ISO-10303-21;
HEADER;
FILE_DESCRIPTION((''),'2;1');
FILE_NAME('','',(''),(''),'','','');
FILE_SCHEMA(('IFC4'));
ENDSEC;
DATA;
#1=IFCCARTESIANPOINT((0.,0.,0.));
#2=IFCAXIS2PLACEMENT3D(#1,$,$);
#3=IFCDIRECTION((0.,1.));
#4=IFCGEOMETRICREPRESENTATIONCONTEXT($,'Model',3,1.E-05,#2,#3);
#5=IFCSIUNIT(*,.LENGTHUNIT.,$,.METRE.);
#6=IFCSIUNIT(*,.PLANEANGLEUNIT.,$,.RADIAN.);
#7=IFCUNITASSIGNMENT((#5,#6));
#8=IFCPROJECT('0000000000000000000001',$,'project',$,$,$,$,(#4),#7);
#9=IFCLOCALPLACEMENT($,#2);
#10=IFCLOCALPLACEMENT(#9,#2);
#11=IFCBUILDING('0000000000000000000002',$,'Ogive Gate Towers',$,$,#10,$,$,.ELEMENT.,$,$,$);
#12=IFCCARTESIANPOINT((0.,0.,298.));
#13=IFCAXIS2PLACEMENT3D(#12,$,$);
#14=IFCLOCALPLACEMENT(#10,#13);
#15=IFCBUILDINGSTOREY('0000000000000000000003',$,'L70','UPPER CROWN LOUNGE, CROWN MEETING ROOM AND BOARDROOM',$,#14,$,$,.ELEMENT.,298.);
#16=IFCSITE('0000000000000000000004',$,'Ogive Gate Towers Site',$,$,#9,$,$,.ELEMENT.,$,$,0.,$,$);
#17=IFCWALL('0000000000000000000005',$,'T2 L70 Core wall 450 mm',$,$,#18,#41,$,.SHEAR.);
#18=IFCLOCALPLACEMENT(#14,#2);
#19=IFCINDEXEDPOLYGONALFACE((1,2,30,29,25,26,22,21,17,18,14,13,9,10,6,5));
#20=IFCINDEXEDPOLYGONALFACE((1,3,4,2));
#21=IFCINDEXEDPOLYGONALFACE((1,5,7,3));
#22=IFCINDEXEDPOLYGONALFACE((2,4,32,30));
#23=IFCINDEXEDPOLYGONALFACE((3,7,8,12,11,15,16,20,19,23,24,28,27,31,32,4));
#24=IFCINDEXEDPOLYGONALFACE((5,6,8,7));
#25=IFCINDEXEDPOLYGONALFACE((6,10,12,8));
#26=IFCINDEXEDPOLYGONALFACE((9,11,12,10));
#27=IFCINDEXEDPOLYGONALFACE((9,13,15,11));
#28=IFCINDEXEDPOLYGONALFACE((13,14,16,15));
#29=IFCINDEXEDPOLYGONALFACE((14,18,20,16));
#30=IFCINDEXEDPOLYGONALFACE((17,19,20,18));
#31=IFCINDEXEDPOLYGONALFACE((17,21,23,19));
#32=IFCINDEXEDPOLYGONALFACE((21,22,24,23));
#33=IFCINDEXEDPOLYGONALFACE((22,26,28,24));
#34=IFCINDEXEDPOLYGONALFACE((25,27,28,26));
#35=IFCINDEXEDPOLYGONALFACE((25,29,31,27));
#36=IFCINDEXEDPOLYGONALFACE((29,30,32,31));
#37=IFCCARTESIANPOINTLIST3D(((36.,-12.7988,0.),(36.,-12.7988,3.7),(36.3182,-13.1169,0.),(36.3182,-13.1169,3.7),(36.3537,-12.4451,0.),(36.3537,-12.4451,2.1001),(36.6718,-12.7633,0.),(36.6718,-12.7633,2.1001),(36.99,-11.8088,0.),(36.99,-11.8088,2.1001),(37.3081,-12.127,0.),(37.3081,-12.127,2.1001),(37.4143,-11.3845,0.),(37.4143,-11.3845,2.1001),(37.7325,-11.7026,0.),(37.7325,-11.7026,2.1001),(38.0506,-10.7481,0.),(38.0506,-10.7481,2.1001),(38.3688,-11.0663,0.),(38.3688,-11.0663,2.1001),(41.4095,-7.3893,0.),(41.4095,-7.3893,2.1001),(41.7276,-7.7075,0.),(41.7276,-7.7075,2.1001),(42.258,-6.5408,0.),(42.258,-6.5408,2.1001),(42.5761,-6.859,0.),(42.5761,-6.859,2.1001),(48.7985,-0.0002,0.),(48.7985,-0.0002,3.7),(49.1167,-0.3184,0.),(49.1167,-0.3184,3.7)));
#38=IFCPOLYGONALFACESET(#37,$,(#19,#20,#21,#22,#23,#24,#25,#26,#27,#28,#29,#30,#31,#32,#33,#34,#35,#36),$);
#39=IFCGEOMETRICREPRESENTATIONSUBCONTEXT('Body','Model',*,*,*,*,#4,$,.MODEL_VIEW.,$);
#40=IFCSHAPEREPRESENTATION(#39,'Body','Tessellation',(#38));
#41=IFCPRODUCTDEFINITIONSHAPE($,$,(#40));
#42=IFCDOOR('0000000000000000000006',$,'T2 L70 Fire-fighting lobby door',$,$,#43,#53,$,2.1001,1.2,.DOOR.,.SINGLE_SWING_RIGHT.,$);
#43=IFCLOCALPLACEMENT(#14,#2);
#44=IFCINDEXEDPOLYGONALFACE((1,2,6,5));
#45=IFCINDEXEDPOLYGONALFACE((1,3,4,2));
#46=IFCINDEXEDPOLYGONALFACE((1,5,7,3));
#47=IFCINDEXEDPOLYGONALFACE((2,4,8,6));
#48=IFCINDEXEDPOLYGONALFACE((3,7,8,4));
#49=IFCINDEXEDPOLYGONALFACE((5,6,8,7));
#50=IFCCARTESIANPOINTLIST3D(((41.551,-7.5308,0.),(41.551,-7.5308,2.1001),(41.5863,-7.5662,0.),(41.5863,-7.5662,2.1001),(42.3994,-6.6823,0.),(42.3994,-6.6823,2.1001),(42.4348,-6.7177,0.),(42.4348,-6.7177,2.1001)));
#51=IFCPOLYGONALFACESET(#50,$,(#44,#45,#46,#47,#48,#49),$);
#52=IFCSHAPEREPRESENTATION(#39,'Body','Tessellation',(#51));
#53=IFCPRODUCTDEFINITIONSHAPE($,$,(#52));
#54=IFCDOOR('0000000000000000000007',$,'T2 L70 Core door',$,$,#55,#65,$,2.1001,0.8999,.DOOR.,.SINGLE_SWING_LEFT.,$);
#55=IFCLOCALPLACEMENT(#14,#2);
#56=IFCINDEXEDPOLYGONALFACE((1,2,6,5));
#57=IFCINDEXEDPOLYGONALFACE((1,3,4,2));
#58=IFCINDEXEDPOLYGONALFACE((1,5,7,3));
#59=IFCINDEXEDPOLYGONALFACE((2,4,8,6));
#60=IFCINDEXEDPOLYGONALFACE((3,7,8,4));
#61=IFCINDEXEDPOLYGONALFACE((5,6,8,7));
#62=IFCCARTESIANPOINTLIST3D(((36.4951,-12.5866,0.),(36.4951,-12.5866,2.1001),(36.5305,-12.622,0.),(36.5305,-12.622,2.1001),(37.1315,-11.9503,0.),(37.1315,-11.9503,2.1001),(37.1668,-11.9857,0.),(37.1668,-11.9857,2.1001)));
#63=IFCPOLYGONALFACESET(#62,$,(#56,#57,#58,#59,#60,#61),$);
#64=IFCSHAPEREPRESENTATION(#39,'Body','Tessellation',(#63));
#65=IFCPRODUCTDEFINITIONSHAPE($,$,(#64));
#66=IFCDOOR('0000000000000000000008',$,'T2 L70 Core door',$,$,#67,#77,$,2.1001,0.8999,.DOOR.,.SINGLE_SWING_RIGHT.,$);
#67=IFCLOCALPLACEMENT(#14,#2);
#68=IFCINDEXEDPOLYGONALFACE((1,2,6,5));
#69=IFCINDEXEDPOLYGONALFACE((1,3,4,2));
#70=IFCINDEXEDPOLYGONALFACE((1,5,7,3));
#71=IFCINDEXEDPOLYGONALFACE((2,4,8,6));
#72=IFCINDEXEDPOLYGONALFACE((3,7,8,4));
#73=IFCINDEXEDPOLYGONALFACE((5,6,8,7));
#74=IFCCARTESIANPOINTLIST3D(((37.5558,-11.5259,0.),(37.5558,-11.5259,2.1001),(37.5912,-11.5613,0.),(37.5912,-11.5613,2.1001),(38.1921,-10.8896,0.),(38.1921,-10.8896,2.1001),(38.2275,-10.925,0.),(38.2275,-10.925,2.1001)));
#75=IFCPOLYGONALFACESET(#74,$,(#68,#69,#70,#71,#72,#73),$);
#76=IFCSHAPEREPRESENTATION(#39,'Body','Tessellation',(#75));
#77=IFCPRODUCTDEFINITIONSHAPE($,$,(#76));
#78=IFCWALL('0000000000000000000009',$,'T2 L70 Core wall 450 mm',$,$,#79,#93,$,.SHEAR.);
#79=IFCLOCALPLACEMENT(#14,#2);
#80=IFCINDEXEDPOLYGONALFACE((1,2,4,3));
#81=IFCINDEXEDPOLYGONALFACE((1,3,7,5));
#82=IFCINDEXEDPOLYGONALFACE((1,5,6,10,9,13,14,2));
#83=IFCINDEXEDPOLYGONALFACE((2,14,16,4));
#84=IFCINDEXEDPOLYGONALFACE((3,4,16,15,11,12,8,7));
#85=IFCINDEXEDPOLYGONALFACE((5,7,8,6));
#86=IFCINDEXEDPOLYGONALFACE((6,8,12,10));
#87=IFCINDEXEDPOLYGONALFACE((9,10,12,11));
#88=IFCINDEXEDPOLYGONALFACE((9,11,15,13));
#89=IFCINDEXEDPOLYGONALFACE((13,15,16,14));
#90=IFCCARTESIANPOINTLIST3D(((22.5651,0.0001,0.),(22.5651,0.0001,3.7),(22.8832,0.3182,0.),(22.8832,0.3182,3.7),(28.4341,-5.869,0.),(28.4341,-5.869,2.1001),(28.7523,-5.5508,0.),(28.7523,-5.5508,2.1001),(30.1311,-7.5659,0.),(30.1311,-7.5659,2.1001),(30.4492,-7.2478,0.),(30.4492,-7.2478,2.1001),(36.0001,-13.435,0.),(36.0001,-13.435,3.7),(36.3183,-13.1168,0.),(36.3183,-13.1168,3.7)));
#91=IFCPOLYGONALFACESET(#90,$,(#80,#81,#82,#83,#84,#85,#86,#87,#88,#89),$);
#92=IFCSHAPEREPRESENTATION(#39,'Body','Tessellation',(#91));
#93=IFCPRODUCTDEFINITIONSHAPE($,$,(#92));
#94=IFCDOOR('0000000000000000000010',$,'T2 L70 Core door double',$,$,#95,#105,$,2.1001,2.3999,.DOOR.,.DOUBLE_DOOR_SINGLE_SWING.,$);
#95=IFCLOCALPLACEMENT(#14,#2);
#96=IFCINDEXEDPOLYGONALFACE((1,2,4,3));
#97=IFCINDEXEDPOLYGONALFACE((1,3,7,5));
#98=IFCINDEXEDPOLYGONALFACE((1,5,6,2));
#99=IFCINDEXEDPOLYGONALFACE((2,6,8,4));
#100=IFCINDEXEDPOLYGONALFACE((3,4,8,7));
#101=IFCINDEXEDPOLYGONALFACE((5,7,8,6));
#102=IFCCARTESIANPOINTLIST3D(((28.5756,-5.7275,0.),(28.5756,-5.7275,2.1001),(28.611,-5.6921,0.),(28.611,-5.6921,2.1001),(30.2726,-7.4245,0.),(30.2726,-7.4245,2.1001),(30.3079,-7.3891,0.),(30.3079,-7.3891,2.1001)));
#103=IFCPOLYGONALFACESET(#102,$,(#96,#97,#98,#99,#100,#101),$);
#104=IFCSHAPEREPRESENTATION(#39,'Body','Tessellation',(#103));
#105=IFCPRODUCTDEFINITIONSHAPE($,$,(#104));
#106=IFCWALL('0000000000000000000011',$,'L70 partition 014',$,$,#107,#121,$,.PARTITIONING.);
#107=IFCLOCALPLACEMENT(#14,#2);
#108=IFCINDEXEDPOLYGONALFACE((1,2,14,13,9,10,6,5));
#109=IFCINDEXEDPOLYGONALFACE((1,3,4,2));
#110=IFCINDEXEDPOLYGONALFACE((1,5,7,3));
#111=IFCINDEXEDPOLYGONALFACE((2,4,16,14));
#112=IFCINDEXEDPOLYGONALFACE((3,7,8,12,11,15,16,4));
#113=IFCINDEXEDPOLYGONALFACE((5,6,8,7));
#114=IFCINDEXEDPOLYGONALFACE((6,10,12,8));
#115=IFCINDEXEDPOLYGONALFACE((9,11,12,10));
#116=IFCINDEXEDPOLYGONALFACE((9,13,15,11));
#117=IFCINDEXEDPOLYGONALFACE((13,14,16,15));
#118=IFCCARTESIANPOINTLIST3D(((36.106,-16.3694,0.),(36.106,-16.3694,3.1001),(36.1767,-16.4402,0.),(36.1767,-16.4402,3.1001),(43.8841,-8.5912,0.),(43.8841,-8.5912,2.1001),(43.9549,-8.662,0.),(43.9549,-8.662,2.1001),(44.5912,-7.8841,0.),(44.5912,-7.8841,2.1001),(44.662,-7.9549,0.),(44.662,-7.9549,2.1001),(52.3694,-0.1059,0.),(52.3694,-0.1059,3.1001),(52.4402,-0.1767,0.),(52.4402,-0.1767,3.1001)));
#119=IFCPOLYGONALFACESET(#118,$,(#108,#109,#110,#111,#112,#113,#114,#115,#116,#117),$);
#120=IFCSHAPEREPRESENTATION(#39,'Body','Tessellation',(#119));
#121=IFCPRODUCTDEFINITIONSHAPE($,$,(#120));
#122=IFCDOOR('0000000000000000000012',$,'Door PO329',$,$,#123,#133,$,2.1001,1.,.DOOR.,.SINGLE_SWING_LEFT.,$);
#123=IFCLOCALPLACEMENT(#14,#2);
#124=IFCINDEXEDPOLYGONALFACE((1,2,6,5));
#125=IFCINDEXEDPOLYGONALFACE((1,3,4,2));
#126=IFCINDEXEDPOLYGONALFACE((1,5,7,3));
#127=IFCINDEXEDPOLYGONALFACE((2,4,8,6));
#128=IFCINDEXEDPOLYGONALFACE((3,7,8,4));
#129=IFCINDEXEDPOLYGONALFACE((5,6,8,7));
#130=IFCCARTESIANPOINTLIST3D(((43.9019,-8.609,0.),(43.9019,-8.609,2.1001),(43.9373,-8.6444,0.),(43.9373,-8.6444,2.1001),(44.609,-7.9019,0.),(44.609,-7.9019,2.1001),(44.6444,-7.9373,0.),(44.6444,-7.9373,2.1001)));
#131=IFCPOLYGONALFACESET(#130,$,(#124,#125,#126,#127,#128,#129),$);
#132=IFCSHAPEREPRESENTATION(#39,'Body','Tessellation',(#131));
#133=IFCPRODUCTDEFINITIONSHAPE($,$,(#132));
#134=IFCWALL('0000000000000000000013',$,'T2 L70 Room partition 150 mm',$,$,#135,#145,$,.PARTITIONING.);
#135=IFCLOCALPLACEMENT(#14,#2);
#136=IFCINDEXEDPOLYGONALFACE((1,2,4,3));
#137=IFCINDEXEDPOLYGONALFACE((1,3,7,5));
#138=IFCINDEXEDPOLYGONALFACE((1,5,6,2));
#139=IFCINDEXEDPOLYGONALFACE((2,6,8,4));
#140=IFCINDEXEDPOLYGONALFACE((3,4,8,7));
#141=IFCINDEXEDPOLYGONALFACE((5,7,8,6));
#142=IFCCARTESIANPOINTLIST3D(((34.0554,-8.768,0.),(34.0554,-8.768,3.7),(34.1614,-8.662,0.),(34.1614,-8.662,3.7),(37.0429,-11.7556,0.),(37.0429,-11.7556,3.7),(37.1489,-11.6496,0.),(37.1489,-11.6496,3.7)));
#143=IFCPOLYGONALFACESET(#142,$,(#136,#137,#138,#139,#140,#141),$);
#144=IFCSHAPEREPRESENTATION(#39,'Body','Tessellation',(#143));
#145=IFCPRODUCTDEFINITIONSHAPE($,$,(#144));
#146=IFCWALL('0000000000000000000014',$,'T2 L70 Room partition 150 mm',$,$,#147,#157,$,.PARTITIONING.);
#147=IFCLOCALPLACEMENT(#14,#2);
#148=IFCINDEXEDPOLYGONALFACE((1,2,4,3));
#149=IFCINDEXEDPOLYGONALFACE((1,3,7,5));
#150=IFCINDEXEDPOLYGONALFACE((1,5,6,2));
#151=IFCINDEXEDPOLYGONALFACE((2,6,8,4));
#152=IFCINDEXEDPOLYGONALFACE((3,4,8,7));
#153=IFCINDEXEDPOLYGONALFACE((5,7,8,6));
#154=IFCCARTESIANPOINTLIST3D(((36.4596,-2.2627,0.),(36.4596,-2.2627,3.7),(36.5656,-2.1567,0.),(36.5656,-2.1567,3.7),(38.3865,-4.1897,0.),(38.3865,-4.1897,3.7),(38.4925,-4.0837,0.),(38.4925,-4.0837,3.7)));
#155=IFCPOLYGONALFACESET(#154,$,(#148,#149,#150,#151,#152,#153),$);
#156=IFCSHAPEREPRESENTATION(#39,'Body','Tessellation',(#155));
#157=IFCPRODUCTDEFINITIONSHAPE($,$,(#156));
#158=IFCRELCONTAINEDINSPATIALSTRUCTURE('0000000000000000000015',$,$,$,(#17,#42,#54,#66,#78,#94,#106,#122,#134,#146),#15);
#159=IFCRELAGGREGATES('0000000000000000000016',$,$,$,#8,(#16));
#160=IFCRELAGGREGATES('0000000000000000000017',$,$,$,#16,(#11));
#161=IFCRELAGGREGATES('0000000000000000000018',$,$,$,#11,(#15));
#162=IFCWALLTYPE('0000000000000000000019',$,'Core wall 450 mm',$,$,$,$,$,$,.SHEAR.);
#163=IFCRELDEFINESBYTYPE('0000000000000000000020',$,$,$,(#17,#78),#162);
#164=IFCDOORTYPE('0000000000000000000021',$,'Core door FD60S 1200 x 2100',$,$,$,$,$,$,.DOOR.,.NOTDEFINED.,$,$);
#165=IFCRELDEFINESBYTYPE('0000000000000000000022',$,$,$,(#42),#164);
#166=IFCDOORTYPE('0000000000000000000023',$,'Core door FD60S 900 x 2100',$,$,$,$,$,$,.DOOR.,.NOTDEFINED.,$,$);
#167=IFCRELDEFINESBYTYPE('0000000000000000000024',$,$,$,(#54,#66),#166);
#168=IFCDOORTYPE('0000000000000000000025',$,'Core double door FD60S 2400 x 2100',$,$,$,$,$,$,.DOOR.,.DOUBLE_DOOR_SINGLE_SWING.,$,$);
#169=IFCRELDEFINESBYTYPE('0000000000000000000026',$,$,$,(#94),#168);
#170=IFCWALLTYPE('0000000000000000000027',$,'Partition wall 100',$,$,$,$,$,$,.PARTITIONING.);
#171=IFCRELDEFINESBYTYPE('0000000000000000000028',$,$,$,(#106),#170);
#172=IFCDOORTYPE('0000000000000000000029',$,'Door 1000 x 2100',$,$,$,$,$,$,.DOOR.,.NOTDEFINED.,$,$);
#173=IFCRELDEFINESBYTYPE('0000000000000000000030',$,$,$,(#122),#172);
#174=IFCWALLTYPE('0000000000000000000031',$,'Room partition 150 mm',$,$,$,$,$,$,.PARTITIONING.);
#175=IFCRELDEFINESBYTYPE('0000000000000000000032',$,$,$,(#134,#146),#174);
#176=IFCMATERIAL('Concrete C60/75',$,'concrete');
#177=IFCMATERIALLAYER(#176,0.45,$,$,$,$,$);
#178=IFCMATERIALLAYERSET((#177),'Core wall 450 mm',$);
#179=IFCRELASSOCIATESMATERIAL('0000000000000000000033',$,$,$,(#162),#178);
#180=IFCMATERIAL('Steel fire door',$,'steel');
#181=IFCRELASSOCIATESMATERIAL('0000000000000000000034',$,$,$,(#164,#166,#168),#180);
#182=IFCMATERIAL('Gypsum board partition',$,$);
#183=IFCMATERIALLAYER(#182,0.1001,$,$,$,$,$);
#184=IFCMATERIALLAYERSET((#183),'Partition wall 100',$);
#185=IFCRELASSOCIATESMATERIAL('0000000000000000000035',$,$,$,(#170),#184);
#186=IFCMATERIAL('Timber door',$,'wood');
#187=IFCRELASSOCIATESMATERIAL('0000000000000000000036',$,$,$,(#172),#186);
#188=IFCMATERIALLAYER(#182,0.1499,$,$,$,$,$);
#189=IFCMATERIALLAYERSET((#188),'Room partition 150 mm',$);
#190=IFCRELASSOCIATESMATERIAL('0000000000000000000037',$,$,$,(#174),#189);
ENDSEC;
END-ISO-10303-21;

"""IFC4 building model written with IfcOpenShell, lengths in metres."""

from ifc_helpers import new_model, si_unit, direction, frame, frame_2d, origin, place, context, subcontext, project, spatial, rectangle, extrude, material, layer, layer_set, type_object, element, fill, save


model = new_model("IFC4")

# Units and contexts
model_context = context("Model", 3, precision=1e-05, world=origin(), true_north=direction((0.0, 1.0)))
body_context = subcontext(model_context, "Body", "Model", "MODEL_VIEW")
ifc_project = project(units=[si_unit("LENGTHUNIT", "METRE"), si_unit("PLANEANGLEUNIT", "RADIAN")], contexts=[model_context])

# Site, building, storey
site_placement = place(None, origin())
site = spatial("IfcSite", under=ifc_project, at=site_placement, Name="Ogive Gate Towers Site", CompositionType="ELEMENT", RefElevation=0.0)
building_placement = place(site_placement, origin())
building = spatial("IfcBuilding", under=site, at=building_placement, Name="Ogive Gate Towers", CompositionType="ELEMENT")
storey_placement = place(building_placement, frame((0.0, 0.0, 298.0)))
storey = spatial("IfcBuildingStorey", under=building, at=storey_placement, Name="L70", Description="UPPER CROWN LOUNGE, CROWN MEETING ROOM AND BOARDROOM", CompositionType="ELEMENT", Elevation=298.0)

# Wall, openings, doors
ifc_material_1 = material(Name="Concrete C60/75", Category="concrete")
ifc_layer_1 = layer(ifc_material_1, 0.45)
ifc_layer_set_1 = layer_set([ifc_layer_1], Name="Core wall 450 mm")
wall_type_1 = type_object("IfcWallType", Name="Core wall 450 mm", PredefinedType="SHEAR", material=ifc_layer_set_1)
wall_1_placement = place(storey_placement, frame((36.1592, -12.9578, 0.0), z_axis=(0.0, 0.0, 1.0), x_axis=(0.707107, 0.707107, 0.0)))
wall_1 = element("IfcWall", 1, at=wall_1_placement, inside=storey, type_object=wall_type_1, Name="T2 L70 Core wall 450 mm", PredefinedType="SHEAR", context=body_context, shape_type="SweptSolid", body=[
    extrude(rectangle(XDim=18.0999, YDim=0.45, at=frame_2d((9.0498, 0.0))), origin(), (0.0, 0.0, 1.0), 3.7),
])
opening_1_placement = place(wall_1_placement, frame((7.6499, 0.0, 0.0)))
opening_1 = element("IfcOpeningElement", 2, at=opening_1_placement, cuts=wall_1, PredefinedType="OPENING", context=body_context, shape_type="SweptSolid", body=[
    extrude(rectangle(XDim=1.2, YDim=2.1001, at=frame_2d((0.6001, 1.05))), frame((0.0, 0.2349, 0.0), z_axis=(0.0, -1.0, 0.0), x_axis=(1.0, 0.0, 0.0)), (0.0, 0.0, 1.0), 0.47),
])
opening_2_placement = place(wall_1_placement, frame((0.5, 0.0, 0.0)))
opening_2 = element("IfcOpeningElement", 3, at=opening_2_placement, cuts=wall_1, PredefinedType="OPENING", context=body_context, shape_type="SweptSolid", body=[
    extrude(rectangle(XDim=0.8999, YDim=2.1001, at=frame_2d((0.45, 1.05))), frame((0.0, 0.2349, 0.0), z_axis=(0.0, -1.0, 0.0), x_axis=(1.0, 0.0, 0.0)), (0.0, 0.0, 1.0), 0.47),
])
opening_3_placement = place(wall_1_placement, frame((2.0, 0.0, 0.0)))
opening_3 = element("IfcOpeningElement", 4, at=opening_3_placement, cuts=wall_1, PredefinedType="OPENING", context=body_context, shape_type="SweptSolid", body=[
    extrude(rectangle(XDim=0.8999, YDim=2.1001, at=frame_2d((0.45, 1.05))), frame((0.0, 0.2349, 0.0), z_axis=(0.0, -1.0, 0.0), x_axis=(1.0, 0.0, 0.0)), (0.0, 0.0, 1.0), 0.47),
])
ifc_material_2 = material(Name="Steel fire door", Category="steel")
door_type_1 = type_object("IfcDoorType", Name="Core door FD60S 1200 x 2100", OperationType="NOTDEFINED", PredefinedType="DOOR", material=ifc_material_2)
door_1_placement = place(opening_1_placement, origin())
door_1 = element("IfcDoor", 5, at=door_1_placement, inside=storey, type_object=door_type_1, Name="T2 L70 Fire-fighting lobby door", OperationType="SINGLE_SWING_RIGHT", OverallHeight=2.1001, OverallWidth=1.2, PredefinedType="DOOR", context=body_context, shape_type="SweptSolid", body=[
    extrude(rectangle(XDim=1.2, YDim=2.1001, at=frame_2d((0.6001, 1.05))), frame((0.0, 0.0249, 0.0), z_axis=(0.0, -1.0, 0.0), x_axis=(1.0, 0.0, 0.0)), (0.0, 0.0, 1.0), 0.05),
])
fill(opening_1, door_1)
door_type_2 = type_object("IfcDoorType", Name="Core door FD60S 900 x 2100", OperationType="NOTDEFINED", PredefinedType="DOOR", material=ifc_material_2)
door_2_placement = place(opening_2_placement, origin())
door_2 = element("IfcDoor", 6, at=door_2_placement, inside=storey, type_object=door_type_2, Name="T2 L70 Core door", OperationType="SINGLE_SWING_LEFT", OverallHeight=2.1001, OverallWidth=0.8999, PredefinedType="DOOR", context=body_context, shape_type="SweptSolid", body=[
    extrude(rectangle(XDim=0.8999, YDim=2.1001, at=frame_2d((0.45, 1.05))), frame((0.0, 0.0249, 0.0), z_axis=(0.0, -1.0, 0.0), x_axis=(1.0, 0.0, 0.0)), (0.0, 0.0, 1.0), 0.05),
])
fill(opening_2, door_2)
door_3_placement = place(opening_3_placement, origin())
door_3 = element("IfcDoor", 7, at=door_3_placement, inside=storey, type_object=door_type_2, Name="T2 L70 Core door", OperationType="SINGLE_SWING_RIGHT", OverallHeight=2.1001, OverallWidth=0.8999, PredefinedType="DOOR", context=body_context, shape_type="SweptSolid", body=[
    extrude(rectangle(XDim=0.8999, YDim=2.1001, at=frame_2d((0.45, 1.05))), frame((0.0, 0.0249, 0.0), z_axis=(0.0, -1.0, 0.0), x_axis=(1.0, 0.0, 0.0)), (0.0, 0.0, 1.0), 0.05),
])
fill(opening_3, door_3)

# Walls, openings, doors
wall_2_placement = place(storey_placement, frame((36.1592, -13.2759, 0.0), z_axis=(0.0, 0.0, 1.0), x_axis=(-0.707107, 0.707107, 0.0)))
wall_2 = element("IfcWall", 8, at=wall_2_placement, inside=storey, type_object=wall_type_1, Name="T2 L70 Core wall 450 mm", PredefinedType="SHEAR", context=body_context, shape_type="SweptSolid", body=[
    extrude(rectangle(XDim=19.0, YDim=0.45, at=frame_2d((9.5, 0.0))), origin(), (0.0, 0.0, 1.0), 3.7),
])
opening_4_placement = place(wall_2_placement, frame((8.3, 0.0, 0.0)))
opening_4 = element("IfcOpeningElement", 9, at=opening_4_placement, cuts=wall_2, PredefinedType="OPENING", context=body_context, shape_type="SweptSolid", body=[
    extrude(rectangle(XDim=2.3999, YDim=2.1001, at=frame_2d((1.2, 1.05))), frame((0.0, 0.2349, 0.0), z_axis=(0.0, -1.0, 0.0), x_axis=(1.0, 0.0, 0.0)), (0.0, 0.0, 1.0), 0.47),
])
door_type_3 = type_object("IfcDoorType", Name="Core double door FD60S 2400 x 2100", OperationType="DOUBLE_DOOR_SINGLE_SWING", PredefinedType="DOOR", material=ifc_material_2)
door_4_placement = place(opening_4_placement, origin())
door_4 = element("IfcDoor", 10, at=door_4_placement, inside=storey, type_object=door_type_3, Name="T2 L70 Core door double", OperationType="DOUBLE_DOOR_SINGLE_SWING", OverallHeight=2.1001, OverallWidth=2.3999, PredefinedType="DOOR", context=body_context, shape_type="SweptSolid", body=[
    extrude(rectangle(XDim=2.3999, YDim=2.1001, at=frame_2d((1.2, 1.05))), frame((0.0, 0.0249, 0.0), z_axis=(0.0, -1.0, 0.0), x_axis=(1.0, 0.0, 0.0)), (0.0, 0.0, 1.0), 0.05),
])
fill(opening_4, door_4)
ifc_material_3 = material(Name="Gypsum board partition")
ifc_layer_2 = layer(ifc_material_3, 0.1001)
ifc_layer_set_2 = layer_set([ifc_layer_2], Name="Partition wall 100")
wall_type_2 = type_object("IfcWallType", Name="Partition wall 100", PredefinedType="PARTITIONING", material=ifc_layer_set_2)
wall_3_placement = place(storey_placement, frame((36.1414, -16.4048, 0.0), z_axis=(0.0, 0.0, 1.0), x_axis=(0.707107, 0.707107, 0.0)))
wall_3 = element("IfcWall", 11, at=wall_3_placement, inside=storey, type_object=wall_type_2, Name="L70 partition 014", PredefinedType="PARTITIONING", context=body_context, shape_type="SweptSolid", body=[
    extrude(rectangle(XDim=23.0, YDim=0.1001, at=frame_2d((11.5, 0.0))), origin(), (0.0, 0.0, 1.0), 3.1001),
])
opening_5_placement = place(wall_3_placement, frame((11.0, 0.0, 0.0)))
opening_5 = element("IfcOpeningElement", 12, at=opening_5_placement, cuts=wall_3, PredefinedType="OPENING", context=body_context, shape_type="SweptSolid", body=[
    extrude(rectangle(XDim=1.0, YDim=2.1001, at=frame_2d((0.5, 1.05))), frame((0.0, 0.0601, 0.0), z_axis=(0.0, -1.0, 0.0), x_axis=(1.0, 0.0, 0.0)), (0.0, 0.0, 1.0), 0.1201),
])
ifc_material_4 = material(Name="Timber door", Category="wood")
door_type_4 = type_object("IfcDoorType", Name="Door 1000 x 2100", OperationType="NOTDEFINED", PredefinedType="DOOR", material=ifc_material_4)
door_5_placement = place(opening_5_placement, origin())
door_5 = element("IfcDoor", 13, at=door_5_placement, inside=storey, type_object=door_type_4, Name="Door PO329", OperationType="SINGLE_SWING_LEFT", OverallHeight=2.1001, OverallWidth=1.0, PredefinedType="DOOR", context=body_context, shape_type="SweptSolid", body=[
    extrude(rectangle(XDim=1.0, YDim=2.1001, at=frame_2d((0.5, 1.05))), frame((0.0, 0.0249, 0.0), z_axis=(0.0, -1.0, 0.0), x_axis=(1.0, 0.0, 0.0)), (0.0, 0.0, 1.0), 0.05),
])
fill(opening_5, door_5)

# Walls
ifc_layer_3 = layer(ifc_material_3, 0.1499)
ifc_layer_set_3 = layer_set([ifc_layer_3], Name="Room partition 150 mm")
wall_type_3 = type_object("IfcWallType", Name="Room partition 150 mm", PredefinedType="PARTITIONING", material=ifc_layer_set_3)
wall_4_placement = place(storey_placement, frame((37.0959, -11.7026, 0.0), z_axis=(0.0, 0.0, 1.0), x_axis=(-0.707107, 0.707107, 0.0)))
element("IfcWall", 14, at=wall_4_placement, inside=storey, type_object=wall_type_3, Name="T2 L70 Room partition 150 mm", PredefinedType="PARTITIONING", context=body_context, shape_type="SweptSolid", body=[
    extrude(rectangle(XDim=4.2251, YDim=0.1499, at=frame_2d((2.1125, 0.0))), origin(), (0.0, 0.0, 1.0), 3.7),
])
wall_5_placement = place(storey_placement, frame((38.4395, -4.1367, 0.0), z_axis=(0.0, 0.0, 1.0), x_axis=(-0.707062, 0.707152, 0.0)))
element("IfcWall", 15, at=wall_5_placement, inside=storey, type_object=wall_type_3, Name="T2 L70 Room partition 150 mm", PredefinedType="PARTITIONING", context=body_context, shape_type="SweptSolid", body=[
    extrude(rectangle(XDim=2.7251, YDim=0.1499, at=frame_2d((1.3625, 0.0))), origin(), (0.0, 0.0, 1.0), 3.7),
])

save(model, "model.ifc")
